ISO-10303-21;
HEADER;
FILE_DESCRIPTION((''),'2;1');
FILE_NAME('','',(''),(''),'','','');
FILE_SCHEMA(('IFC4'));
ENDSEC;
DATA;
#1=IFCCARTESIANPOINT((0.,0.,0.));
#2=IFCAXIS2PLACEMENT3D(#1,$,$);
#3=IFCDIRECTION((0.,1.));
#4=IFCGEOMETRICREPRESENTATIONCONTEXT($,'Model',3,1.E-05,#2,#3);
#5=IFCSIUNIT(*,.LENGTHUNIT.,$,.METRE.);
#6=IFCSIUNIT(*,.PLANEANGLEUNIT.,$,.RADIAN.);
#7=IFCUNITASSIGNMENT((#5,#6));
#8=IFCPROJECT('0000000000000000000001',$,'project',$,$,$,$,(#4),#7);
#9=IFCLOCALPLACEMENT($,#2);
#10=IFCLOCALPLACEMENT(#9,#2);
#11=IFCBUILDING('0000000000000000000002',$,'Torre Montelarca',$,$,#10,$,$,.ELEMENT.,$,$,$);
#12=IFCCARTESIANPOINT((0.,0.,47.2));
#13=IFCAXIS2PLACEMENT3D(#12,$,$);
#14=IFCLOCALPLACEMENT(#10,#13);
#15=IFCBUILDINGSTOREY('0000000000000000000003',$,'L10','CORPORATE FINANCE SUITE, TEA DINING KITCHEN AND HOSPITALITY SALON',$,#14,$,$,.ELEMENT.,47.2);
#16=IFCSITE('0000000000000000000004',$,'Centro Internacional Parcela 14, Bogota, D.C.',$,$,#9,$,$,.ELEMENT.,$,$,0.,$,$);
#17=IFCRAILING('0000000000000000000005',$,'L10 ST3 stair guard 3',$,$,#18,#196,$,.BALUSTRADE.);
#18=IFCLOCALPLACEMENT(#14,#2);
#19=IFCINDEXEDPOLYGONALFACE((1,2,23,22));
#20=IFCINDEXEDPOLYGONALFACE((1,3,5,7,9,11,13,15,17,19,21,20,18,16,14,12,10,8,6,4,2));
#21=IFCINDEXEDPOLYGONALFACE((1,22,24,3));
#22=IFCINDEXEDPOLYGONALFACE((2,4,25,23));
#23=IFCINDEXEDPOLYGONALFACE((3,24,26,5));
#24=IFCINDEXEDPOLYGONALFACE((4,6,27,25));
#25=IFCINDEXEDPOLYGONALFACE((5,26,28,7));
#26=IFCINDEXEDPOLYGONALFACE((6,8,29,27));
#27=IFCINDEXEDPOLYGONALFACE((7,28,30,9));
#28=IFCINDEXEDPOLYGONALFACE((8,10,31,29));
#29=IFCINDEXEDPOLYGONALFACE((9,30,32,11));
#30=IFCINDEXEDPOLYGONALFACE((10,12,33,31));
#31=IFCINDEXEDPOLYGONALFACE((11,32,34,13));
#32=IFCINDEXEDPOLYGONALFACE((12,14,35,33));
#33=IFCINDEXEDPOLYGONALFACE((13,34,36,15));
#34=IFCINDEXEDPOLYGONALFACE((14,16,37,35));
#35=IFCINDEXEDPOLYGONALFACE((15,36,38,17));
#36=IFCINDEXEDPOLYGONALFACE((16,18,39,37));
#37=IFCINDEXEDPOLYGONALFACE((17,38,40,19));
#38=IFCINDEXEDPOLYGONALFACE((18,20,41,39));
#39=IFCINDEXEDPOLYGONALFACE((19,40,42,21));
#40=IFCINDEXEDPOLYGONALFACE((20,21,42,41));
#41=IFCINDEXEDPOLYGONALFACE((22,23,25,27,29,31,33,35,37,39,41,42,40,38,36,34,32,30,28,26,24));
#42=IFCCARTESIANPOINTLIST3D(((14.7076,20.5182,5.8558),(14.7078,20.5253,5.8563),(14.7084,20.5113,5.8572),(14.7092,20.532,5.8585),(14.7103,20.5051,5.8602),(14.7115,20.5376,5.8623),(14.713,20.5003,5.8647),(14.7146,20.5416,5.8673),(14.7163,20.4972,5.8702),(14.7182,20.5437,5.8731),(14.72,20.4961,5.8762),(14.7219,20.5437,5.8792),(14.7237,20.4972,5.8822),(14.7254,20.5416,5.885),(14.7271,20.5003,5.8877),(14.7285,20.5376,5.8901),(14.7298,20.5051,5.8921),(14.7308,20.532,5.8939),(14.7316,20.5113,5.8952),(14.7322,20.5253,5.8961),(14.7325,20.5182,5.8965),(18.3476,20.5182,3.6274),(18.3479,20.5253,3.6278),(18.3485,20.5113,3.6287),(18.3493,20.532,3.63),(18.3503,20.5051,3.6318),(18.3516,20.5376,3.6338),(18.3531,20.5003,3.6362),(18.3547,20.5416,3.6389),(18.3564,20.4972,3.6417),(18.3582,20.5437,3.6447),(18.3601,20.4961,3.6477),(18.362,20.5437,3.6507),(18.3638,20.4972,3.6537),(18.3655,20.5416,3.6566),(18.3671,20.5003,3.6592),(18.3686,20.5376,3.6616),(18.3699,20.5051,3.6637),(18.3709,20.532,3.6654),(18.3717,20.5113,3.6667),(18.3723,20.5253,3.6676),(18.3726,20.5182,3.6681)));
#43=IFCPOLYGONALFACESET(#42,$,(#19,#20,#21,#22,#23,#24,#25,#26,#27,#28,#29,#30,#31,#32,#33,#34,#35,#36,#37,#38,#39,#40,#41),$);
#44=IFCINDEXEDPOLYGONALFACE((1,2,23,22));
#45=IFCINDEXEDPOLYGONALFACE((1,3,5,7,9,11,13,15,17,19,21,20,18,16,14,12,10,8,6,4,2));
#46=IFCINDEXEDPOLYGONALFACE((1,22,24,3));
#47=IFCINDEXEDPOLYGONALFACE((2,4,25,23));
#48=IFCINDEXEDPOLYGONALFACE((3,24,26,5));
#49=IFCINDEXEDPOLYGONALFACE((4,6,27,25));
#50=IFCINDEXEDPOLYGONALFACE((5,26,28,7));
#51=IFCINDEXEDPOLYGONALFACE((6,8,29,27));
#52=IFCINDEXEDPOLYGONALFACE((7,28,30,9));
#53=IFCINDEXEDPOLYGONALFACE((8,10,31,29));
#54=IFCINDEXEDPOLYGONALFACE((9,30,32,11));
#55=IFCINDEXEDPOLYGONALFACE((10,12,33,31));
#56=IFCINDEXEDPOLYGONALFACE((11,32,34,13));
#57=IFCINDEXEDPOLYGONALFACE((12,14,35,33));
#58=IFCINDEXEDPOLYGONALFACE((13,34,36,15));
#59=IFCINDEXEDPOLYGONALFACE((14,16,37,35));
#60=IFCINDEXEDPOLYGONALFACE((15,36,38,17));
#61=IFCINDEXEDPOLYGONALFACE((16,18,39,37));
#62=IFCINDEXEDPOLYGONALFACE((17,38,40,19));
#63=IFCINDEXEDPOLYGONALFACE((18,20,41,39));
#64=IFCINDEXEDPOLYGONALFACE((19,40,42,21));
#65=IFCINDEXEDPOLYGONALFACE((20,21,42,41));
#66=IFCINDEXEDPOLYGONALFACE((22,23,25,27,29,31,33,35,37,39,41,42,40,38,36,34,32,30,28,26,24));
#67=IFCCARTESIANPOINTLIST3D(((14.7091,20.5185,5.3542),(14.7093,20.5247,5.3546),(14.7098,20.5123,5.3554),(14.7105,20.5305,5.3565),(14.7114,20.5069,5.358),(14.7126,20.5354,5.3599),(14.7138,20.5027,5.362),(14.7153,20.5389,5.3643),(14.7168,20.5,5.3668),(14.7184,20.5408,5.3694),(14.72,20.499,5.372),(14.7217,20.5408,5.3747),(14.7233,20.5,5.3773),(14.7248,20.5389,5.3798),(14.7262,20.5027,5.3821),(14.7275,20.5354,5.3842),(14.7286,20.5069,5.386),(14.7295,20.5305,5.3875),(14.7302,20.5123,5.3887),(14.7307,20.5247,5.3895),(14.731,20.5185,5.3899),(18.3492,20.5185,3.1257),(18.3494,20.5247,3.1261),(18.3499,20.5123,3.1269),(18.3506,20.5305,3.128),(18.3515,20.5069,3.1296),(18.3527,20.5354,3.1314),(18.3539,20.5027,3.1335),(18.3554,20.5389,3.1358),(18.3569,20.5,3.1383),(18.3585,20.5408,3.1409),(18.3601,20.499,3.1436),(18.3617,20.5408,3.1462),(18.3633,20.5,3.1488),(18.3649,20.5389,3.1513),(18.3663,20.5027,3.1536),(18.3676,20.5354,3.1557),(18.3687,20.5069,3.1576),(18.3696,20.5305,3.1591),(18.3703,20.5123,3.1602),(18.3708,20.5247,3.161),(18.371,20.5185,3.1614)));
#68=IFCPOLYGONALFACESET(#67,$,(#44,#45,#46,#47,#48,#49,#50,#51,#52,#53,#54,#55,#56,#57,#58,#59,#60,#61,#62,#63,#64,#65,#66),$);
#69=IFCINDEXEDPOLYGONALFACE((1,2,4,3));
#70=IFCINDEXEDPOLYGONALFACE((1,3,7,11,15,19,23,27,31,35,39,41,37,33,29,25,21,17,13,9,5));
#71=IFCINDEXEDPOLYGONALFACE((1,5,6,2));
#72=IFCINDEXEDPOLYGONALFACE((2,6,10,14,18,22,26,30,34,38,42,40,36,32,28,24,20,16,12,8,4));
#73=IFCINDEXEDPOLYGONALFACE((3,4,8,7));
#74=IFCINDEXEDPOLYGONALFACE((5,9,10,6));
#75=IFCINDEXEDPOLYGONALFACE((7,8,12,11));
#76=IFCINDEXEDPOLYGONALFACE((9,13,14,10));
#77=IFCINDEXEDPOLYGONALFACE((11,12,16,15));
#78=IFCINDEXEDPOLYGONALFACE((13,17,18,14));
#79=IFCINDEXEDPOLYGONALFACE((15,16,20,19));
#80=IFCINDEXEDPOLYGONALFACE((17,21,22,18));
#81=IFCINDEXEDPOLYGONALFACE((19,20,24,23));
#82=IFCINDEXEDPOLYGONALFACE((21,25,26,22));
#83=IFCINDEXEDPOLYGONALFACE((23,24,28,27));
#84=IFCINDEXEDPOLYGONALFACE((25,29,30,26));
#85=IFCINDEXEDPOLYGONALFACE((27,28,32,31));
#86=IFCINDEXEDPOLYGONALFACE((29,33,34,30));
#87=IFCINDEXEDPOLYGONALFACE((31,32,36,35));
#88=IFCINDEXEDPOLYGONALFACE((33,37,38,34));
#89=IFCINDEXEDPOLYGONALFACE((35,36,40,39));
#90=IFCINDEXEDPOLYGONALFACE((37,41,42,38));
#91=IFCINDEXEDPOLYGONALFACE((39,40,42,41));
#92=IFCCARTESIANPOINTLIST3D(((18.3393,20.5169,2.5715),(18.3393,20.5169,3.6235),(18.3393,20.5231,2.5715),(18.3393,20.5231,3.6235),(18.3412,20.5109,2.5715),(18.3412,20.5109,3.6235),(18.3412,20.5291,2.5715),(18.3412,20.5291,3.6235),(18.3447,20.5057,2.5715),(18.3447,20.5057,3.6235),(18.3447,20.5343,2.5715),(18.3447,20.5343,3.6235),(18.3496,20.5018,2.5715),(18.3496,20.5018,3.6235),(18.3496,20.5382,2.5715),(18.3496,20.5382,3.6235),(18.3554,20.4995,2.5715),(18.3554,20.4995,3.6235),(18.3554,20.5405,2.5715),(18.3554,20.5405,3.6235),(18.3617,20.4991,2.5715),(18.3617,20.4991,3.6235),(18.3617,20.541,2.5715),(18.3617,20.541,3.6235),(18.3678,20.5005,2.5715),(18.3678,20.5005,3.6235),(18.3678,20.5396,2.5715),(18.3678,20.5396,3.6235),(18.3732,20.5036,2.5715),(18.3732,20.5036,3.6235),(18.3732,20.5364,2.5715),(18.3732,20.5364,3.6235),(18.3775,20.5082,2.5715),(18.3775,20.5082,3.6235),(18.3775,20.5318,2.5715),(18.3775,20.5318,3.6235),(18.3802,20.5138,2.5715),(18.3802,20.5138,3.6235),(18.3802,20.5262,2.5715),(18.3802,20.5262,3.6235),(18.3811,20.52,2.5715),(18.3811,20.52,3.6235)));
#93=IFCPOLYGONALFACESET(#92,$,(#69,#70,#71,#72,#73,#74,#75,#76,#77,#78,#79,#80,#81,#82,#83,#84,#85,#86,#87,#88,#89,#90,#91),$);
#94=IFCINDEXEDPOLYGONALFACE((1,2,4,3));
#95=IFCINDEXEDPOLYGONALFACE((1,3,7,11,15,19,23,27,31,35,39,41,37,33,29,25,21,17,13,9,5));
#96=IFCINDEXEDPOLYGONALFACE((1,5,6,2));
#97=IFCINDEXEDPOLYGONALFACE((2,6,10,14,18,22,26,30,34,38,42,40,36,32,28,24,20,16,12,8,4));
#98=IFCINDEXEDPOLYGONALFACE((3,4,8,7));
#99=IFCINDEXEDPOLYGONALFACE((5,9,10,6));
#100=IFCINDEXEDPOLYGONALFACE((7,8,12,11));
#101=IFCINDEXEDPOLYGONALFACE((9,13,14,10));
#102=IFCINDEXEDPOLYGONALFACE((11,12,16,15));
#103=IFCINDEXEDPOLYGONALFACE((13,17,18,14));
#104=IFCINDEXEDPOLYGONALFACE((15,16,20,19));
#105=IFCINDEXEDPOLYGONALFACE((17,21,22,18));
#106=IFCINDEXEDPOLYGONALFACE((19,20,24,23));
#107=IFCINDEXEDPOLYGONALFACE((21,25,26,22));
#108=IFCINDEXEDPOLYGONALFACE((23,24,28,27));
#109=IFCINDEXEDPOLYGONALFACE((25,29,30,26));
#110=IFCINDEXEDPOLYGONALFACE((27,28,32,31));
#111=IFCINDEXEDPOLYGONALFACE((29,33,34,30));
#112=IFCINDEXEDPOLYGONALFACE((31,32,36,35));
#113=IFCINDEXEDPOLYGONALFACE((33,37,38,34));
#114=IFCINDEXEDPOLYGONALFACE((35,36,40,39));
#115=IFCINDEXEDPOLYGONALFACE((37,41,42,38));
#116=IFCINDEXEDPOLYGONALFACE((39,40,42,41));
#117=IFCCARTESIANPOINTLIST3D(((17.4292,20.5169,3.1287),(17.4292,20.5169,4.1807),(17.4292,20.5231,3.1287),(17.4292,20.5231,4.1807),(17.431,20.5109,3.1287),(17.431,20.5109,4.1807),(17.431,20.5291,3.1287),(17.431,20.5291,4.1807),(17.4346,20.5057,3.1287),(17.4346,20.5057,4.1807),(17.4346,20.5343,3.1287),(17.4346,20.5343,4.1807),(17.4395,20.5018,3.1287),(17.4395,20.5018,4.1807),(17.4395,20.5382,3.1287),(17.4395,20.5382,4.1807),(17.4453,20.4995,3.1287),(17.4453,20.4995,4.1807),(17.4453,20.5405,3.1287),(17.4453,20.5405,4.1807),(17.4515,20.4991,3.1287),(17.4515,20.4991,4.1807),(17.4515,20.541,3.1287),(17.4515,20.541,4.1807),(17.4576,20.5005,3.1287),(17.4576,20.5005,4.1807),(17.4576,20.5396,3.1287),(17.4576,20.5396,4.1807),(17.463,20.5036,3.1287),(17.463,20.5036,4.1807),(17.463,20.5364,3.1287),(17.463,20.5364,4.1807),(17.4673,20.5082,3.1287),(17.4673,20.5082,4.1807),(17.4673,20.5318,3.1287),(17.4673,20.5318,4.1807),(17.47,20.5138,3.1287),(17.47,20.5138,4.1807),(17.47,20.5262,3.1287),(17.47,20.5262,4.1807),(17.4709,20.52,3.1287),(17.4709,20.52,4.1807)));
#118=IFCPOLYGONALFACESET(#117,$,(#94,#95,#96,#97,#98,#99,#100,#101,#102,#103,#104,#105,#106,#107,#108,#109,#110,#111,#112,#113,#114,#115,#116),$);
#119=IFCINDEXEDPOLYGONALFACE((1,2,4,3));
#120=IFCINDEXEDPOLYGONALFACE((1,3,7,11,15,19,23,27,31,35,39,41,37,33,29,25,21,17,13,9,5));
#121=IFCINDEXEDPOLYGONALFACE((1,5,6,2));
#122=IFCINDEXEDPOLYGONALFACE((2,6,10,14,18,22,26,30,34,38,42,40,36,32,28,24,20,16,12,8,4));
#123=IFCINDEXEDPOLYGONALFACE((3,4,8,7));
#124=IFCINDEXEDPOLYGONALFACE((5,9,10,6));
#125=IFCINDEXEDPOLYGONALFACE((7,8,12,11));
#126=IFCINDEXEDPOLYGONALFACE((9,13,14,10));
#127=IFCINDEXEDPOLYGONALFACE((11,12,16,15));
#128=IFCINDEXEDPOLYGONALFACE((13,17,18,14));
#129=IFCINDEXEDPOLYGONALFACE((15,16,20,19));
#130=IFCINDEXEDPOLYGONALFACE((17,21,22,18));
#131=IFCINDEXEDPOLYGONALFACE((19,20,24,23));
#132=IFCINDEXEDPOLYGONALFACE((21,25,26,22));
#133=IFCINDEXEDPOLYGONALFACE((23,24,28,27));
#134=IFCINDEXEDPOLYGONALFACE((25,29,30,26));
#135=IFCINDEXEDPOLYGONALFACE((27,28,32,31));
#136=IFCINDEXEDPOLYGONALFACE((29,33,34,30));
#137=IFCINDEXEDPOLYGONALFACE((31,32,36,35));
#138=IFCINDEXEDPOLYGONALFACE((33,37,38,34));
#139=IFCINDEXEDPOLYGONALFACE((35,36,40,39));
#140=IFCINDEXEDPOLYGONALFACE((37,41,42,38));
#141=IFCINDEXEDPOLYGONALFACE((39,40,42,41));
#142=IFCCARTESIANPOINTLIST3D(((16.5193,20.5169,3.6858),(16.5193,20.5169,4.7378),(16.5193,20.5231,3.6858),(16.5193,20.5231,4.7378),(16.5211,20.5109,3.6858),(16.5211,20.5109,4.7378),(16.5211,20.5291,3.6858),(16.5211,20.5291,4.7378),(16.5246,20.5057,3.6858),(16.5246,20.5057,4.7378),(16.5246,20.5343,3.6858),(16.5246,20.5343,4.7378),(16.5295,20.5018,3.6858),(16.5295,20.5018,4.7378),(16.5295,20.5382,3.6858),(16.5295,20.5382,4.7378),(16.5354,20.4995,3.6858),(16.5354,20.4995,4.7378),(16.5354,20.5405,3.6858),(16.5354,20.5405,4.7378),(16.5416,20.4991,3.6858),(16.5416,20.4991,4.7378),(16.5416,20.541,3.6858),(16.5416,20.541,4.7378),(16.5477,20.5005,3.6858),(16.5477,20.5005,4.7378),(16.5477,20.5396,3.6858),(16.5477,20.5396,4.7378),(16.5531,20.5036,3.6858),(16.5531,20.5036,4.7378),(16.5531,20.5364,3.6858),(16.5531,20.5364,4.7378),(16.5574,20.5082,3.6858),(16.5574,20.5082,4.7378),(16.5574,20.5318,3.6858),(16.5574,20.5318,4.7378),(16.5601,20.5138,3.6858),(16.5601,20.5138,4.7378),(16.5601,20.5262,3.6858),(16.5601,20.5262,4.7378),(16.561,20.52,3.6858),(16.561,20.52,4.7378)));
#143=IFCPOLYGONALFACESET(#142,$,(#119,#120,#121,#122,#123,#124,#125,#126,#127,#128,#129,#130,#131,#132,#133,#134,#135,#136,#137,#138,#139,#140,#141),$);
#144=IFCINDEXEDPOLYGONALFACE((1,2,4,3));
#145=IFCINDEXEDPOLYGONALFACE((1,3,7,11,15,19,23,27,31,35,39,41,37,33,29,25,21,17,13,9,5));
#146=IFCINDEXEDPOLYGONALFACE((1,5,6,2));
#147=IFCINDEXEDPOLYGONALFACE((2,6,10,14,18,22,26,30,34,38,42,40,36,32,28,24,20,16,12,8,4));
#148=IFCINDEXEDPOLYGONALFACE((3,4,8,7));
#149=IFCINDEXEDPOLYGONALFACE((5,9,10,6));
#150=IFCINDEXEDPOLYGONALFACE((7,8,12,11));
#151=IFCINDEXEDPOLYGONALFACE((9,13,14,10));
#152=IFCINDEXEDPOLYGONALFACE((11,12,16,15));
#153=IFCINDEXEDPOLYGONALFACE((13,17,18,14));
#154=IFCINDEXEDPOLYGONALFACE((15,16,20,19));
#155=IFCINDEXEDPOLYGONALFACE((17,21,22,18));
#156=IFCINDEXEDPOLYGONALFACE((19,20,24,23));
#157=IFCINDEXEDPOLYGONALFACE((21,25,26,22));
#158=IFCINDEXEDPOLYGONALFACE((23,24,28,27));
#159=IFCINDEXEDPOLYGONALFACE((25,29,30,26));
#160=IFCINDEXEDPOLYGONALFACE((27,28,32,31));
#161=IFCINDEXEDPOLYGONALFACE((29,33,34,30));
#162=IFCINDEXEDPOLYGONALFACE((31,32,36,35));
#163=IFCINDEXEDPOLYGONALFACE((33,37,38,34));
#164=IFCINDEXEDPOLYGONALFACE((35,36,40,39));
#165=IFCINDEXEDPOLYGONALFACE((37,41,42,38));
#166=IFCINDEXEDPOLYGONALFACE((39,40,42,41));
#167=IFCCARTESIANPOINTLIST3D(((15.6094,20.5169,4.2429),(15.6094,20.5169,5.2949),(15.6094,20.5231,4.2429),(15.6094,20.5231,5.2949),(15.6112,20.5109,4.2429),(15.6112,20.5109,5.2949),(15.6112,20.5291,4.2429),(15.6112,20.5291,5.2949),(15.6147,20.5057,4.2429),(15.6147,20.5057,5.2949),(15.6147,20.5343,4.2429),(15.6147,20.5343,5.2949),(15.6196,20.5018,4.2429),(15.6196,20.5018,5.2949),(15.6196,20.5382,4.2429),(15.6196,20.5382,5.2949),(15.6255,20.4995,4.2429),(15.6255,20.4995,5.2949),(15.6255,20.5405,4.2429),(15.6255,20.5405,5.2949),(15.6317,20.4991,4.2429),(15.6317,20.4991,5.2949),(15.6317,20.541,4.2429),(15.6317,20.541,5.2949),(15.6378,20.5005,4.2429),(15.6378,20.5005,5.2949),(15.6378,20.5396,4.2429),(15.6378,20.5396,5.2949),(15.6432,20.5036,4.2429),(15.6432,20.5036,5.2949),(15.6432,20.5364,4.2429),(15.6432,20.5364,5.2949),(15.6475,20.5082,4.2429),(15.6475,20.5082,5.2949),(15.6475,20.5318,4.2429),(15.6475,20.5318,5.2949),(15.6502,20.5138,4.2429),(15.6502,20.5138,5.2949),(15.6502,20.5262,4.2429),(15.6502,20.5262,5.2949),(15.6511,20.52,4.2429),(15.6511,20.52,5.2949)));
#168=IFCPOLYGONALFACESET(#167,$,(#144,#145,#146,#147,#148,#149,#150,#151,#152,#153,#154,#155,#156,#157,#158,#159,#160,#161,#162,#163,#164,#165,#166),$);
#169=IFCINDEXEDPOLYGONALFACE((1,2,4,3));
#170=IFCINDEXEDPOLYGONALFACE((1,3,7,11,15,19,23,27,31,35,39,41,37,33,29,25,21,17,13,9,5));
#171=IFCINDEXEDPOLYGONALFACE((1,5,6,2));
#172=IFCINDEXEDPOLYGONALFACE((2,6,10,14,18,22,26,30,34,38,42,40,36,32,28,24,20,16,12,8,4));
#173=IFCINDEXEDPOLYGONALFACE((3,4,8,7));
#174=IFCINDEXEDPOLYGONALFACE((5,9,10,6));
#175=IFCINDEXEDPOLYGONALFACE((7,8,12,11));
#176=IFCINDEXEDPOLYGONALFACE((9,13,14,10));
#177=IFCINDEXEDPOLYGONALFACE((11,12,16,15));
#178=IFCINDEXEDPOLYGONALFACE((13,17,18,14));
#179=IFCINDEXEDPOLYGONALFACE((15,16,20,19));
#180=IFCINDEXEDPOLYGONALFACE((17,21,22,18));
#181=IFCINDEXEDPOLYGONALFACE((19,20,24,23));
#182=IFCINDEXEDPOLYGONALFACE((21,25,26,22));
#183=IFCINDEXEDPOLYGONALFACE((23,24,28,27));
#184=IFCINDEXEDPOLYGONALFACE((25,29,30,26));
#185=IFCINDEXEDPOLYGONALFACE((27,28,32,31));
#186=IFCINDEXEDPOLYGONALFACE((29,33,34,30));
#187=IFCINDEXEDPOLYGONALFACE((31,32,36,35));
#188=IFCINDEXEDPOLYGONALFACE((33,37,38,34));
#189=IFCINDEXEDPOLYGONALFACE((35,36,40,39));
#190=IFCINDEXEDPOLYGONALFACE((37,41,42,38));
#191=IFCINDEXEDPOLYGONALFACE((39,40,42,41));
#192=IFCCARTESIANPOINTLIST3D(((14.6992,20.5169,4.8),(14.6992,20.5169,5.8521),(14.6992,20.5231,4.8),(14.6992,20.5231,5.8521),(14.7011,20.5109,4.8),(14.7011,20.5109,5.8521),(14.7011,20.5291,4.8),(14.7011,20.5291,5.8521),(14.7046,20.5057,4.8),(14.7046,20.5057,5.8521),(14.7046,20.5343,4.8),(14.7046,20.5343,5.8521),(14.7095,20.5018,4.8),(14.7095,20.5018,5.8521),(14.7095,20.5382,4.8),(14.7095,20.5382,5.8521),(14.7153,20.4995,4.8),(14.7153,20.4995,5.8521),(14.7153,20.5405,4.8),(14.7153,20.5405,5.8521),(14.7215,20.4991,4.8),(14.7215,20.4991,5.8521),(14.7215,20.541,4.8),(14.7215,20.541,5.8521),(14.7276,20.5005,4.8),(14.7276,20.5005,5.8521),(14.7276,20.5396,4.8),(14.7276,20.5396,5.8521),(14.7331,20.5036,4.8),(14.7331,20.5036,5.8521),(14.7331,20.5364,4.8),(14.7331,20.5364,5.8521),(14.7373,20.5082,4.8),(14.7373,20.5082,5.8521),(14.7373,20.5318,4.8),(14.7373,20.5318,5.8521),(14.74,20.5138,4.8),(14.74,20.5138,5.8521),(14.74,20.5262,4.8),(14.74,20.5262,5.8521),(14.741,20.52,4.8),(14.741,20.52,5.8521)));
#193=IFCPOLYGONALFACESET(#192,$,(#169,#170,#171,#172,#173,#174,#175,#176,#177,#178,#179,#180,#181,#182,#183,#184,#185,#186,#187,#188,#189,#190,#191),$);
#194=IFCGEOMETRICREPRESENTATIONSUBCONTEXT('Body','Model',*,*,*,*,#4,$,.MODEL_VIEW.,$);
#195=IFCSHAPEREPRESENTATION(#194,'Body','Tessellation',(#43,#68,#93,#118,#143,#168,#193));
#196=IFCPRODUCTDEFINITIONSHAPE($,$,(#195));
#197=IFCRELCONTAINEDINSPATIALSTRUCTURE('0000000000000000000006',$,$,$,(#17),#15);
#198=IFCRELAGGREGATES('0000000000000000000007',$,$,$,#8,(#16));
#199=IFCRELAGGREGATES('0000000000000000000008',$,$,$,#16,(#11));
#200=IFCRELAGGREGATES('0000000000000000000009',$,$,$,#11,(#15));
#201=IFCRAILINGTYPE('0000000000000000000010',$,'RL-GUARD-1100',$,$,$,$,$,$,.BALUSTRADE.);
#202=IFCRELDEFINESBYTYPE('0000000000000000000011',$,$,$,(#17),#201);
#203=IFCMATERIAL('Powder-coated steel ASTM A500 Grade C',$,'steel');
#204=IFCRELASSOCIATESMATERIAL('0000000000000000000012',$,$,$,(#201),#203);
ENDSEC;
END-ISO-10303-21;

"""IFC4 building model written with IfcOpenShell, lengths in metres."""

from ifc_helpers import new_model, si_unit, direction, frame, origin, origin_2d, place, context, subcontext, project, spatial, circle, extrude, material, type_object, element, save


model = new_model("IFC4")

# Units and contexts
model_context = context("Model", 3, precision=1e-05, world=origin(), true_north=direction((0.0, 1.0)))
body_context = subcontext(model_context, "Body", "Model", "MODEL_VIEW")
ifc_project = project(units=[si_unit("LENGTHUNIT", "METRE"), si_unit("PLANEANGLEUNIT", "RADIAN")], contexts=[model_context])

# Site, building, storey
site_placement = place(None, origin())
site = spatial("IfcSite", under=ifc_project, at=site_placement, Name="Centro Internacional Parcela 14, Bogota, D.C.", CompositionType="ELEMENT", RefElevation=0.0)
building_placement = place(site_placement, origin())
building = spatial("IfcBuilding", under=site, at=building_placement, Name="Torre Montelarca", CompositionType="ELEMENT")
storey_placement = place(building_placement, frame((0.0, 0.0, 47.2)))
storey = spatial("IfcBuildingStorey", under=building, at=storey_placement, Name="L10", Description="CORPORATE FINANCE SUITE, TEA DINING KITCHEN AND HOSPITALITY SALON", CompositionType="ELEMENT", Elevation=47.2)

# Railing
ifc_material_1 = material(Name="Powder-coated steel ASTM A500 Grade C", Category="steel")
railing_type_1 = type_object("IfcRailingType", Name="RL-GUARD-1100", PredefinedType="BALUSTRADE", material=ifc_material_1)
railing_1_placement = place(storey_placement, frame((18.3601, 20.52, 2.5715)))
element("IfcRailing", 1, at=railing_1_placement, inside=storey, type_object=railing_type_1, Name="L10 ST3 stair guard 3", PredefinedType="BALUSTRADE", context=body_context, shape_type="SweptSolid", body=[
    extrude(circle(Radius=0.0239, at=origin_2d()), frame((0.0, 0.0, 1.0762), z_axis=(-0.852866, 0.0, 0.52213), x_axis=(0.0, -1.0, 0.0)), (0.0, 0.0, 1.0), 4.2681),
    extrude(circle(Radius=0.021, at=origin_2d()), frame((0.0, 0.0, 0.572), z_axis=(-0.852866, 0.0, 0.52213), x_axis=(0.0, -1.0, 0.0)), (0.0, 0.0, 1.0), 4.2681),
    extrude(circle(Radius=0.021, at=origin_2d()), origin(), (0.0, 0.0, 1.0), 1.052),
    extrude(circle(Radius=0.021, at=origin_2d()), frame((-0.9102, 0.0, 0.5571)), (0.0, 0.0, 1.0), 1.052),
    extrude(circle(Radius=0.021, at=origin_2d()), frame((-1.8201, 0.0, 1.1143)), (0.0, 0.0, 1.0), 1.052),
    extrude(circle(Radius=0.021, at=origin_2d()), frame((-2.73, 0.0, 1.6714)), (0.0, 0.0, 1.0), 1.052),
    extrude(circle(Radius=0.021, at=origin_2d()), frame((-3.6401, 0.0, 2.2285)), (0.0, 0.0, 1.0), 1.052),
])

save(model, "model.ifc")
